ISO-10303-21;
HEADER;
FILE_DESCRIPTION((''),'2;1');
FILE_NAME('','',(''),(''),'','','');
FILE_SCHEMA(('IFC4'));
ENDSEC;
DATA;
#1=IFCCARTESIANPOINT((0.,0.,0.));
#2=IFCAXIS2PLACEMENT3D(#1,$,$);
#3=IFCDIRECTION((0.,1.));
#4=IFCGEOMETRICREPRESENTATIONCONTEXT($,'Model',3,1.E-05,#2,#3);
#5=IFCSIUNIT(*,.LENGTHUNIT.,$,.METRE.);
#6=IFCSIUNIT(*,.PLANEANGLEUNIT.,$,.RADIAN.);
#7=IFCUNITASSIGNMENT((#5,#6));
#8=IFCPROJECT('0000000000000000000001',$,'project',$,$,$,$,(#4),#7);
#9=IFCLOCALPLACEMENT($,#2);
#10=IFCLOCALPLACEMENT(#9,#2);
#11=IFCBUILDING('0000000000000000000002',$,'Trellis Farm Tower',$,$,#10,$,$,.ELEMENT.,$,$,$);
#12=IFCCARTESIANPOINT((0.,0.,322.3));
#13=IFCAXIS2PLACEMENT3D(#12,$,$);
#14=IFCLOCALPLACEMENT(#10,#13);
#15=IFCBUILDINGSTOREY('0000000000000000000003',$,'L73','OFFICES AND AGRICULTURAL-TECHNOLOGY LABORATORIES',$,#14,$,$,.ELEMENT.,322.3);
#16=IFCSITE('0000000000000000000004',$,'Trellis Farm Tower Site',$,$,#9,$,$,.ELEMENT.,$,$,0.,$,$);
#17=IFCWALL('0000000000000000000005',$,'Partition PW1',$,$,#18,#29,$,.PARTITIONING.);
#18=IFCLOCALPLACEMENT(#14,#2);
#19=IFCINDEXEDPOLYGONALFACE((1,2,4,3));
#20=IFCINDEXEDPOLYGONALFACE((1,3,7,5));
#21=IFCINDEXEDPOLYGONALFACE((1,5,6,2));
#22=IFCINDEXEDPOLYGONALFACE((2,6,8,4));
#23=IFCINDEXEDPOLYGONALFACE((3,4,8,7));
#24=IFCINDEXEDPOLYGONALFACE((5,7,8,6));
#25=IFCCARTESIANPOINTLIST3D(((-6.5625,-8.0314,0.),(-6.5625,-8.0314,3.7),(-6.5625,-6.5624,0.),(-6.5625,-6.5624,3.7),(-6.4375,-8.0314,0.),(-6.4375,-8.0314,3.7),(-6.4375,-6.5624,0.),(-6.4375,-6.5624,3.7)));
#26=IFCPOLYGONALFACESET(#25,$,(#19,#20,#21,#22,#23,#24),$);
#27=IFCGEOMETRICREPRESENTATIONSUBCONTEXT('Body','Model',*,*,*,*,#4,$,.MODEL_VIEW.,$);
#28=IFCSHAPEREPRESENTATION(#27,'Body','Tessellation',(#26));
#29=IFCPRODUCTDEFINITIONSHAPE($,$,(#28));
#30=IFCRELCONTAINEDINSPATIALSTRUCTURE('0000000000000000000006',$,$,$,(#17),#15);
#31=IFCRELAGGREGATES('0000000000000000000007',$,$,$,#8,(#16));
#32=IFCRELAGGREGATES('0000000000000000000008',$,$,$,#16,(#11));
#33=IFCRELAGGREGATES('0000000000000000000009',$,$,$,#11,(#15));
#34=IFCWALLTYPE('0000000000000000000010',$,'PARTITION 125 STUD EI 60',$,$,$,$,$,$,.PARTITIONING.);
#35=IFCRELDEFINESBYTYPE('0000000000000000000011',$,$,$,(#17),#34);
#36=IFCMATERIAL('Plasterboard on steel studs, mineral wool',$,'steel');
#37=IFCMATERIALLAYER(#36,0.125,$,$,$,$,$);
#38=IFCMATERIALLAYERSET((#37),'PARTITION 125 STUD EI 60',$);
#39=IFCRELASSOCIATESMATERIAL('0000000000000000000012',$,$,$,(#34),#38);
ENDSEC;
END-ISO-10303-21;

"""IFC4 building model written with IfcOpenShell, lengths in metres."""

from ifc_helpers import new_model, si_unit, direction, frame, frame_2d, origin, place, context, subcontext, project, spatial, rectangle, extrude, source, transform, mapped, material, layer, layer_set, type_object, element, save


model = new_model("IFC4")

# Units and contexts
model_context = context("Model", 3, precision=1e-05, world=origin(), true_north=direction((0.0, 1.0)))
body_context = subcontext(model_context, "Body", "Model", "MODEL_VIEW")
ifc_project = project(units=[si_unit("LENGTHUNIT", "METRE"), si_unit("PLANEANGLEUNIT", "RADIAN")], contexts=[model_context])

# Site, building, storey
site_placement = place(None, origin())
site = spatial("IfcSite", under=ifc_project, at=site_placement, Name="Trellis Farm Tower Site", CompositionType="ELEMENT", RefElevation=0.0)
building_placement = place(site_placement, origin())
building = spatial("IfcBuilding", under=site, at=building_placement, Name="Trellis Farm Tower", CompositionType="ELEMENT")
storey_placement = place(building_placement, frame((0.0, 0.0, 322.3)))
storey = spatial("IfcBuildingStorey", under=building, at=storey_placement, Name="L73", Description="OFFICES AND AGRICULTURAL-TECHNOLOGY LABORATORIES", CompositionType="ELEMENT", Elevation=322.3)

# Wall
ifc_material_1 = material(Name="Plasterboard on steel studs, mineral wool", Category="steel")
ifc_layer_1 = layer(ifc_material_1, 0.125)
ifc_layer_set_1 = layer_set([ifc_layer_1], Name="PARTITION 125 STUD EI 60")
wall_type = type_object("IfcWallType", Name="PARTITION 125 STUD EI 60", PredefinedType="PARTITIONING", material=ifc_layer_set_1)
shared_shape_1 = source(origin(), body_context, "Body", "SweptSolid", [
    extrude(rectangle(XDim=1.469, YDim=0.125, at=frame_2d((0.7344, 0.0))), origin(), (0.0, 0.0, 1.0), 3.7),
])
wall_placement = place(storey_placement, frame((-6.5, -6.5625, 0.0), z_axis=(0.0, 0.0, 1.0), x_axis=(0.0, -1.0, 0.0)))
element("IfcWall", 1, at=wall_placement, inside=storey, type_object=wall_type, Name="Partition PW1", PredefinedType="PARTITIONING", context=body_context, shape_type="MappedRepresentation", body=[
    mapped(shared_shape_1, transform((0.0, 0.0, 0.0))),
])

save(model, "model.ifc")
